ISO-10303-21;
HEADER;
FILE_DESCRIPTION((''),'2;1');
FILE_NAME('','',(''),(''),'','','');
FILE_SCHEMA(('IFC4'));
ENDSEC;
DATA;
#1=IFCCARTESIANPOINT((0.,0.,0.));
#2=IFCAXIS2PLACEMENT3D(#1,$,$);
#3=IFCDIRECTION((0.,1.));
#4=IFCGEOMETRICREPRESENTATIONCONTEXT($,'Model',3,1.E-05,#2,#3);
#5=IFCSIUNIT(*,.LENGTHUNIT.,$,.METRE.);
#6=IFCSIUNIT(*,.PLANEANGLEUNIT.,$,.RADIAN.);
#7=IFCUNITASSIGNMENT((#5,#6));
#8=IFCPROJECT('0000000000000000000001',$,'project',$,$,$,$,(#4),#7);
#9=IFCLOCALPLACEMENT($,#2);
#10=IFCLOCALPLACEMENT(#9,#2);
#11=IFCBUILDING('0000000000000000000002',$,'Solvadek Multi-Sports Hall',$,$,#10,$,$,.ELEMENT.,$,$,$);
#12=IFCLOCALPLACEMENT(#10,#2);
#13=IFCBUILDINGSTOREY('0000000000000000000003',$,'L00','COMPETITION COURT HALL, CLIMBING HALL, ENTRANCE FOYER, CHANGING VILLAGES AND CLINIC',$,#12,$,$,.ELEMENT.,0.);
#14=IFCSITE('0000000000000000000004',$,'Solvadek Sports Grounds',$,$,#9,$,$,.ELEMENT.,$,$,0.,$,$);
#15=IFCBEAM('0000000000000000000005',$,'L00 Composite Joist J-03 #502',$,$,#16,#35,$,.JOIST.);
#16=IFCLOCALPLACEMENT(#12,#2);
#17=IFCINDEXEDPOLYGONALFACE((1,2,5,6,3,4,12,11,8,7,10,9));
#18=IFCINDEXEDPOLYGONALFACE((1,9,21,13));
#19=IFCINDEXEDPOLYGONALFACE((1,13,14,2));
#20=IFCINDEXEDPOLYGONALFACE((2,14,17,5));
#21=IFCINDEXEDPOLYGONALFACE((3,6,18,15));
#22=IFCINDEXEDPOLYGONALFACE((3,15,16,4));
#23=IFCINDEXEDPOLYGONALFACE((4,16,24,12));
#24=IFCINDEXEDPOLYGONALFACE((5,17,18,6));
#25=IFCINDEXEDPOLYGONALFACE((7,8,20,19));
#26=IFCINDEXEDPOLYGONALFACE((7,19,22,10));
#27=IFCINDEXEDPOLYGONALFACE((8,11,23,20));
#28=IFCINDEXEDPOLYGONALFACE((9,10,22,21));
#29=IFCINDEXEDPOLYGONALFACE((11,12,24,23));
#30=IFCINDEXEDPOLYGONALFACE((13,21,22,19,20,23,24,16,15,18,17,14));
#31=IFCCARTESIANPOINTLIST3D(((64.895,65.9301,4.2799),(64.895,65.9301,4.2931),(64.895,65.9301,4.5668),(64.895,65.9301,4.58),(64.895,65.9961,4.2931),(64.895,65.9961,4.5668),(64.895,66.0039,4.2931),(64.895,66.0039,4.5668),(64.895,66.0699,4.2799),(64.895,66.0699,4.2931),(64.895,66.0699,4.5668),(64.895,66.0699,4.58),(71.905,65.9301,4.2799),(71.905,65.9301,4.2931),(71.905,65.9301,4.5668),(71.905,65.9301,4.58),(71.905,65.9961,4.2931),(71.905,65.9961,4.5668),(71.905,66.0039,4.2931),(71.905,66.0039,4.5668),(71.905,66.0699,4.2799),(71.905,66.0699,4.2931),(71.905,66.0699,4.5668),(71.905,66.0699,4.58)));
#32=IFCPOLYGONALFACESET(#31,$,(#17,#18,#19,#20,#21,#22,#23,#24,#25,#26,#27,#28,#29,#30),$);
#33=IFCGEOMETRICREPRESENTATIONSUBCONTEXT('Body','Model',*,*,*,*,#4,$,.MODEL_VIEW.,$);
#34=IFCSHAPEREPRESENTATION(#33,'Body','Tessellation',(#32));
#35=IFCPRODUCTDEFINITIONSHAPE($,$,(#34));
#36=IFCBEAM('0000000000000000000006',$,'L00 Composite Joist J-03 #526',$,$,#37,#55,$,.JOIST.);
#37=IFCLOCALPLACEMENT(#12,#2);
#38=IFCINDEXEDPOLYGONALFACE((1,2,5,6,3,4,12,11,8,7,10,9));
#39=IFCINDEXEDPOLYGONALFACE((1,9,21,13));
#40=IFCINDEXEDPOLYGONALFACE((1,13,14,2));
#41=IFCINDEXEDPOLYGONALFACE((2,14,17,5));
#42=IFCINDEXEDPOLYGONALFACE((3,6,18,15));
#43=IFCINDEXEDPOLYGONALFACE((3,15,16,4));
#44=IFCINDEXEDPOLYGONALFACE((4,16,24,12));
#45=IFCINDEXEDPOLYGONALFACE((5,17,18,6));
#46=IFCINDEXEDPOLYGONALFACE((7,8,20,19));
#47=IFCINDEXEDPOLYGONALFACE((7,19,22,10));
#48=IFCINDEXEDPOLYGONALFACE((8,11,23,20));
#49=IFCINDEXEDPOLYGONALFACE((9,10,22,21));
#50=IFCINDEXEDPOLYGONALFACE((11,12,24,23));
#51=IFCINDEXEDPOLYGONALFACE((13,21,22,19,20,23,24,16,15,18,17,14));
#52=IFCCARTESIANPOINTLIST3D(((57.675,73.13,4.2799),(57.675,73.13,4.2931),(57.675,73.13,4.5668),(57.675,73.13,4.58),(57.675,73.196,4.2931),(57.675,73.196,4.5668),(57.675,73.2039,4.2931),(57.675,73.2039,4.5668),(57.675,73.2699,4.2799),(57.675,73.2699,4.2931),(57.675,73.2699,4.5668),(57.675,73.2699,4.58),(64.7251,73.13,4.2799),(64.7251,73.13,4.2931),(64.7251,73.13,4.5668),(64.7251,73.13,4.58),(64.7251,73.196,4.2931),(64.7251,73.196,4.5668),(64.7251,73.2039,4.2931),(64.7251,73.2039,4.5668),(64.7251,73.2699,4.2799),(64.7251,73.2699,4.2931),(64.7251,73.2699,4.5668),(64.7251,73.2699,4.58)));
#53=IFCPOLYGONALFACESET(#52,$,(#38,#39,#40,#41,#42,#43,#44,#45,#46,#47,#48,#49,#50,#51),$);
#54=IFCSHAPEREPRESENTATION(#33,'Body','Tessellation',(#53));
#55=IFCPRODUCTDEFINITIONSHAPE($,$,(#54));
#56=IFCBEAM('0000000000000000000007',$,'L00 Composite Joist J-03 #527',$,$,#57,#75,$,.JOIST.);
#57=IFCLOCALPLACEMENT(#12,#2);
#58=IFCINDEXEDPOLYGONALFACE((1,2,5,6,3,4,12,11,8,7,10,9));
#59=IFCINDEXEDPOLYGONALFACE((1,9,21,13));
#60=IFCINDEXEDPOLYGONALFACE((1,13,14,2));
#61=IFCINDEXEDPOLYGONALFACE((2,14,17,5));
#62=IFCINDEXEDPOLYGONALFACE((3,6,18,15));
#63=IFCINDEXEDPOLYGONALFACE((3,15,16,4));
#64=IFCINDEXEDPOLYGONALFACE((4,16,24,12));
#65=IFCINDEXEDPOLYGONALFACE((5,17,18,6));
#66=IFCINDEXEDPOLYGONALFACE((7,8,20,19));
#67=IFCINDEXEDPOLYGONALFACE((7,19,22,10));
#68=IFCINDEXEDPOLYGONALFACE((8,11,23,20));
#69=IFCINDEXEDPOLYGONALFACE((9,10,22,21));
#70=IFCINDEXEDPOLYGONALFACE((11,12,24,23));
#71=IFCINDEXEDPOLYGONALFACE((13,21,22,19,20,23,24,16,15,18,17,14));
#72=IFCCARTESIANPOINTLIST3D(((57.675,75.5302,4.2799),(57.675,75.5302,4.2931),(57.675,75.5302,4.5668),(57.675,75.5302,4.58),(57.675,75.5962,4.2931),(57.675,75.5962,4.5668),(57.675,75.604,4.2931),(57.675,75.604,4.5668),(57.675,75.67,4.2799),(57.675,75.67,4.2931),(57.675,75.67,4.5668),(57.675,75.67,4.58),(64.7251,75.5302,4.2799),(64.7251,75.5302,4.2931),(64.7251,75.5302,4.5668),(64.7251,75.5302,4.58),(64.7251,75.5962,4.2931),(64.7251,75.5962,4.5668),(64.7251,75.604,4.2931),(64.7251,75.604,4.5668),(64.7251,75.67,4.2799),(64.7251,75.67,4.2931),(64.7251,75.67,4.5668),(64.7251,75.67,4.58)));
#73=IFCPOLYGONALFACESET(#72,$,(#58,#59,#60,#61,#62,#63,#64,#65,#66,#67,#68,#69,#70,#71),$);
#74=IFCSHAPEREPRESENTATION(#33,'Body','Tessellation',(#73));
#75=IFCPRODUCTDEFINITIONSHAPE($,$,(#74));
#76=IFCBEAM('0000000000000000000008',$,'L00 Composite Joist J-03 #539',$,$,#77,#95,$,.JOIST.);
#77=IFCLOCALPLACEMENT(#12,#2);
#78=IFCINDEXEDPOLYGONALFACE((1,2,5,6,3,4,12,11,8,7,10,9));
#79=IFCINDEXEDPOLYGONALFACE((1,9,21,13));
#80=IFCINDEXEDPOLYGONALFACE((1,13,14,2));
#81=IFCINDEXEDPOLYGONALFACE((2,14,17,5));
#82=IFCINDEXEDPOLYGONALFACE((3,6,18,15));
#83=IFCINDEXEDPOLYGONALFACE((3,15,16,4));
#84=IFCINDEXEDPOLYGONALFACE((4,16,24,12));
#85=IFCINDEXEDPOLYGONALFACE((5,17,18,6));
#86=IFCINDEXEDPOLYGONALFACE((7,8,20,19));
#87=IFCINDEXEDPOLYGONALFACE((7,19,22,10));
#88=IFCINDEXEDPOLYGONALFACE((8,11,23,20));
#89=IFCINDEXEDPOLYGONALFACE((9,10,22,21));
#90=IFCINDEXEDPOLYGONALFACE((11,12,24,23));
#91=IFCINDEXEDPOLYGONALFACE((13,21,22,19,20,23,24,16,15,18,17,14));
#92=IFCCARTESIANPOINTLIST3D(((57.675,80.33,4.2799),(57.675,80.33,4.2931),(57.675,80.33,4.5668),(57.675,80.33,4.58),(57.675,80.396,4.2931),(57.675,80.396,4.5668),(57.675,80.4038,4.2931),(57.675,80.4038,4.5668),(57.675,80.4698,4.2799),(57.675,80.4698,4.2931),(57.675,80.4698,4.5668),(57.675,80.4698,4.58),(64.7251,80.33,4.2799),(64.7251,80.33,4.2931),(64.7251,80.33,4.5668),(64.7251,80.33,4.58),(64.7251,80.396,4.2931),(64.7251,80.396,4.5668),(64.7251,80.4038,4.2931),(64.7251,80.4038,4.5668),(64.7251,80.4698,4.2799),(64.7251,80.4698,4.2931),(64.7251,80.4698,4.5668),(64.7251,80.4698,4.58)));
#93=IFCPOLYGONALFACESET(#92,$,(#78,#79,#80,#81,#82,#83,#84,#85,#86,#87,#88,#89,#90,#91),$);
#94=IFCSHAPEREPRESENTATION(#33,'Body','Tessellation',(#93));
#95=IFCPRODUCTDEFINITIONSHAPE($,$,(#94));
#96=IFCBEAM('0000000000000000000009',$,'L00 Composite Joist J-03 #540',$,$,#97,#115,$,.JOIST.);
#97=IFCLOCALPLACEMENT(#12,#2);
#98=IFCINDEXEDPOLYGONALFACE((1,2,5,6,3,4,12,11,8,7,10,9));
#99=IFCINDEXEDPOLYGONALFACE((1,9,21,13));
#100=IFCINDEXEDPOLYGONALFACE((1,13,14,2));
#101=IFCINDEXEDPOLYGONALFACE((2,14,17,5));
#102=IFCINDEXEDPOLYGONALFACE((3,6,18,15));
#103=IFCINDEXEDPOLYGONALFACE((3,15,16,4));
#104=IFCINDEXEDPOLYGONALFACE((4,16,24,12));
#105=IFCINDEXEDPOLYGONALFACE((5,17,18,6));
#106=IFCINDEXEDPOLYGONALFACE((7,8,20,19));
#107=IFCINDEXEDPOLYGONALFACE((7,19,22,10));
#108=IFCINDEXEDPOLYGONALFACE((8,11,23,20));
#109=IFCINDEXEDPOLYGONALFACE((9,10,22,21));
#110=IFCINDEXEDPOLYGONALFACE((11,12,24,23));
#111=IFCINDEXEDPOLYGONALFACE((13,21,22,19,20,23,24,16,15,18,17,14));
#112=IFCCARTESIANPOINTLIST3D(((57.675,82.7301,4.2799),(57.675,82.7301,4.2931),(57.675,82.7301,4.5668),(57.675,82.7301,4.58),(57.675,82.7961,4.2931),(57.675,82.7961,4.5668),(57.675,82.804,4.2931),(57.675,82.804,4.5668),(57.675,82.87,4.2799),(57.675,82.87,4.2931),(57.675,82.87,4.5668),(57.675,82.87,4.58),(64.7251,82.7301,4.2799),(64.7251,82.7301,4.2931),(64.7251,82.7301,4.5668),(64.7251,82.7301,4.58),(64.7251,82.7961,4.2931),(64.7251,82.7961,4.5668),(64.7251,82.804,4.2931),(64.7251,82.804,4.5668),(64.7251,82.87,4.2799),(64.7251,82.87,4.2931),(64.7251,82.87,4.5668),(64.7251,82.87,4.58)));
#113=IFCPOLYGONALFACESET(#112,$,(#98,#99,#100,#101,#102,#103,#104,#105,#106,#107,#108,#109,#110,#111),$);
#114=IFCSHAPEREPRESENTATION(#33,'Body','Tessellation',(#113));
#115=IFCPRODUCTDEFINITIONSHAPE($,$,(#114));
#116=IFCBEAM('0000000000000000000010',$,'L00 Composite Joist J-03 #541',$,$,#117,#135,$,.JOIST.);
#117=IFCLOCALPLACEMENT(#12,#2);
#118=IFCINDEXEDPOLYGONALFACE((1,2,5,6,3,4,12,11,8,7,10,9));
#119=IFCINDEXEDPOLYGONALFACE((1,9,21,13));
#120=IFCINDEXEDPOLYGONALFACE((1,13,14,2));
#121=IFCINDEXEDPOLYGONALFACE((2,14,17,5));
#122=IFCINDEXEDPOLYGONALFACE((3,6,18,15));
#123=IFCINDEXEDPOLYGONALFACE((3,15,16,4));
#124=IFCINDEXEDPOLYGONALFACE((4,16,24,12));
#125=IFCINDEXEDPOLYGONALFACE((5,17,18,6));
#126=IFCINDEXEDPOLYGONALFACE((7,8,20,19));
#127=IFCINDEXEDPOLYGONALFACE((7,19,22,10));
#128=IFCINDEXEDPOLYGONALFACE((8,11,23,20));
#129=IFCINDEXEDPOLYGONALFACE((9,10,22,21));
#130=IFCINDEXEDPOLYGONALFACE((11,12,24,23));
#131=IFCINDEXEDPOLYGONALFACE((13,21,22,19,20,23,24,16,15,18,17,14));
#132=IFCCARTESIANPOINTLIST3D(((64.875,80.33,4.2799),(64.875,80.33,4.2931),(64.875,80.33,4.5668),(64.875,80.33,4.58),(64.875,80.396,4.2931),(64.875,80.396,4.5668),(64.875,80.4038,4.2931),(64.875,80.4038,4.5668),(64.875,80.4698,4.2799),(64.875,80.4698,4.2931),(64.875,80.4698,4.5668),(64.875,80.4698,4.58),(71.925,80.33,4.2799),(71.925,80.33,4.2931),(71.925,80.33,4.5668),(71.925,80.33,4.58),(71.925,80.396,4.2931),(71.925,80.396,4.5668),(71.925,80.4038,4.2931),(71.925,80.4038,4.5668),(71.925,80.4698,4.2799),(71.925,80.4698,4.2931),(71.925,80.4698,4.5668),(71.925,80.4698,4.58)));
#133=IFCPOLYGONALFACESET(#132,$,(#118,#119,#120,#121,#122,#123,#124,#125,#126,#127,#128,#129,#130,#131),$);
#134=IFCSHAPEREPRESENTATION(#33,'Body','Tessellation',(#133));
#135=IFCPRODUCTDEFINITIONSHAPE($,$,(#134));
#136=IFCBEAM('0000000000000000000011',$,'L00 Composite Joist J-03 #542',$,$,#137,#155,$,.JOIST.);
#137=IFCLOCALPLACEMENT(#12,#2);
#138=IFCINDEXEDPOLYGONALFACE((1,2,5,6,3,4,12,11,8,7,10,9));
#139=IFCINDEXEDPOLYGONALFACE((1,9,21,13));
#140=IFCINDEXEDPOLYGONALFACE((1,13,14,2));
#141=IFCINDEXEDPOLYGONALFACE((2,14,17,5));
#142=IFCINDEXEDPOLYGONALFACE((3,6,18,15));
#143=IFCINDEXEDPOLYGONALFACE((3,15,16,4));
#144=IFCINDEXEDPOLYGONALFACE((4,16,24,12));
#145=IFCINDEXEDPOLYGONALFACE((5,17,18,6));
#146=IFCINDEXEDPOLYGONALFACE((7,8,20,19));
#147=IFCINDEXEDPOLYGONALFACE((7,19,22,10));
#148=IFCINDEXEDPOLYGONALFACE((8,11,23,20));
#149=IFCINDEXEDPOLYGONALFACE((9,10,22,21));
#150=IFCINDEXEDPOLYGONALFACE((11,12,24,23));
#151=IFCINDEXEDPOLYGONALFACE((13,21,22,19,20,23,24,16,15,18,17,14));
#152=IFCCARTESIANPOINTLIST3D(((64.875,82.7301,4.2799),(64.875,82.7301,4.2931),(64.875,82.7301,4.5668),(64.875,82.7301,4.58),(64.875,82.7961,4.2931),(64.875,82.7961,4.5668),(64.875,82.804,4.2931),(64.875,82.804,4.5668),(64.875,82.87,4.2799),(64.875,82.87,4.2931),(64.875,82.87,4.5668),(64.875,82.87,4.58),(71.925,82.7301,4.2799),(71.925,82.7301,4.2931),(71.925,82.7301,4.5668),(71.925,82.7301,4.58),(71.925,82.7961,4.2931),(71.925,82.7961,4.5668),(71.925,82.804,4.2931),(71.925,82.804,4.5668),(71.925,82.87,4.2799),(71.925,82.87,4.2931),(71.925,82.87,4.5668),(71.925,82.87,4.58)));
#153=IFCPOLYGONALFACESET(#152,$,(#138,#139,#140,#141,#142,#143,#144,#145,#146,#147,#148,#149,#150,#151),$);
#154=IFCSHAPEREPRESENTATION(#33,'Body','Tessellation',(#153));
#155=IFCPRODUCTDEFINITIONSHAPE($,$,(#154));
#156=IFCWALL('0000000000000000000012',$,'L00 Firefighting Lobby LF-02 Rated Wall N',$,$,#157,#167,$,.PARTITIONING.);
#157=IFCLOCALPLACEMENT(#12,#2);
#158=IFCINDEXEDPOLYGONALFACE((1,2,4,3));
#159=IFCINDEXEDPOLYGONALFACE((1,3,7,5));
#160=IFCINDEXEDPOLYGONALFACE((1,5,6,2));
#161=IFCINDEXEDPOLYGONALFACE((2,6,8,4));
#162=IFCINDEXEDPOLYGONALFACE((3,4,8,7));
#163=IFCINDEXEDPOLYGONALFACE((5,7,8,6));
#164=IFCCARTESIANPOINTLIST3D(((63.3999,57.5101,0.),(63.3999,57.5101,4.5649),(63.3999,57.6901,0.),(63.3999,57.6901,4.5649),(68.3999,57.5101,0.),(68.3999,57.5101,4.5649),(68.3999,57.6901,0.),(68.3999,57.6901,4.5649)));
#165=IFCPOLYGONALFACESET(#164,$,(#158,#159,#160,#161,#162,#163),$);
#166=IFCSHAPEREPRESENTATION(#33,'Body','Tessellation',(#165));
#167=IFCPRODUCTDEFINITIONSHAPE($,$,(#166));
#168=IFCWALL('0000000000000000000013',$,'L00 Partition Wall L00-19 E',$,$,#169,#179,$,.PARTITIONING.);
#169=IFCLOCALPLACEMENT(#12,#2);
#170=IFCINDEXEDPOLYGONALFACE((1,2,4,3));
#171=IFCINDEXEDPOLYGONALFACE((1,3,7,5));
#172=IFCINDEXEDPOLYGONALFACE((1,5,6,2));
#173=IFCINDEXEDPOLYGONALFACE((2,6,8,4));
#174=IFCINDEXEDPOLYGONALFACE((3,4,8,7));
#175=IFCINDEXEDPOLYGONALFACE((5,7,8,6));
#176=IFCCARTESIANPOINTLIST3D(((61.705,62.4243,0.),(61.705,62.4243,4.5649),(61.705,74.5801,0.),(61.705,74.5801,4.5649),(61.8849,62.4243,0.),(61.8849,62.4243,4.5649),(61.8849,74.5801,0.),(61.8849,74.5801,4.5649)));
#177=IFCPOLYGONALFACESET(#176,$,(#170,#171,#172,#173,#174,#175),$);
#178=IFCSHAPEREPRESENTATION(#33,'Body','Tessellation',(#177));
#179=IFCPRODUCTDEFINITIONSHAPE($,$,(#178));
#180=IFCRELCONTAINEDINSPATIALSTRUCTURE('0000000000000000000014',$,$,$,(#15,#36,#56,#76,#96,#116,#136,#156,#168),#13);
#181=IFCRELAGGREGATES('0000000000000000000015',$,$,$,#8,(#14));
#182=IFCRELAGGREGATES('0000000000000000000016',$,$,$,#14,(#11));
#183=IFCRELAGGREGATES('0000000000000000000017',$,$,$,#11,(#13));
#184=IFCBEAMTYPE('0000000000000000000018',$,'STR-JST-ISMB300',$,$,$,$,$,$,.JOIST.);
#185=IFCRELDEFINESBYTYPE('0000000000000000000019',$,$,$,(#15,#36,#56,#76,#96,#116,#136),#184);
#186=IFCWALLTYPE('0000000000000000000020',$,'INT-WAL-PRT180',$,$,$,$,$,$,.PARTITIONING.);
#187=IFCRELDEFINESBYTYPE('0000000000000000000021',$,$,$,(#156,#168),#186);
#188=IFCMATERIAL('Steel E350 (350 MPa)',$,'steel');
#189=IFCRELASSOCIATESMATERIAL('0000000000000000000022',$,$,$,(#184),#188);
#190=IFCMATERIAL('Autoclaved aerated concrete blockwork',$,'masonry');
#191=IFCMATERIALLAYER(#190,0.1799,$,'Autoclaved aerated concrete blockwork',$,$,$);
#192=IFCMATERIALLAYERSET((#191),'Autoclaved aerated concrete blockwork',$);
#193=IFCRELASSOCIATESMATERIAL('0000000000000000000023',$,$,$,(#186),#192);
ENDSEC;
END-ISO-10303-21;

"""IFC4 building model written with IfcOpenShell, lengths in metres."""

from ifc_helpers import new_model, si_unit, direction, frame, frame_2d, origin, origin_2d, place, context, subcontext, project, spatial, rectangle, i_section, extrude, material, layer, layer_set, material_profile, profile_set, type_object, element, save


model = new_model("IFC4")

# Units and contexts
model_context = context("Model", 3, precision=1e-05, world=origin(), true_north=direction((0.0, 1.0)))
body_context = subcontext(model_context, "Body", "Model", "MODEL_VIEW")
ifc_project = project(units=[si_unit("LENGTHUNIT", "METRE"), si_unit("PLANEANGLEUNIT", "RADIAN")], contexts=[model_context])

# Site, building, storey
site_placement = place(None, origin())
site = spatial("IfcSite", under=ifc_project, at=site_placement, Name="Solvadek Sports Grounds", CompositionType="ELEMENT", RefElevation=0.0)
building_placement = place(site_placement, origin())
building = spatial("IfcBuilding", under=site, at=building_placement, Name="Solvadek Multi-Sports Hall", CompositionType="ELEMENT")
storey_placement = place(building_placement, origin())
storey = spatial("IfcBuildingStorey", under=building, at=storey_placement, Name="L00", Description="COMPETITION COURT HALL, CLIMBING HALL, ENTRANCE FOYER, CHANGING VILLAGES AND CLINIC", CompositionType="ELEMENT", Elevation=0.0)

# Shared definitions
ifc_material_1 = material(Name="Steel E350 (350 MPa)", Category="steel")

# Beams
ifc_material_profile_1 = material_profile(ifc_material_1, i_section(OverallWidth=0.1399, OverallDepth=0.3, WebThickness=0.0078, FlangeThickness=0.0132, at=origin_2d()), Name="ISMB 300")
ifc_profile_set_1 = profile_set([ifc_material_profile_1], Name="Steel E350 (350 MPa)")
beam_type_1 = type_object("IfcBeamType", Name="STR-JST-ISMB300", PredefinedType="JOIST", material=ifc_profile_set_1)
for number, where, z_axis, x_axis, name in (
    (1, (64.895, 66.0, 4.4299), (1.0, 0.0, 0.0), (0.0, 1.0, 0.0), "L00 Composite Joist J-03 #502"),
):
    element("IfcBeam", number, at=place(storey_placement, frame(where, z_axis=z_axis, x_axis=x_axis)), inside=storey, type_object=beam_type_1, Name=name, PredefinedType="JOIST", context=body_context, shape_type="SweptSolid", body=[
        extrude(i_section(OverallWidth=0.1399, OverallDepth=0.3, WebThickness=0.0078, FlangeThickness=0.0132, at=origin_2d()), origin(), (0.0, 0.0, 1.0), 7.01),
    ])
for number, where, z_axis, x_axis, name in (
    (2, (57.675, 73.2, 4.4299), (1.0, 0.0, 0.0), (0.0, 1.0, 0.0), "L00 Composite Joist J-03 #526"),
    (3, (57.675, 75.6001, 4.4299), (1.0, 0.0, 0.0), (0.0, 1.0, 0.0), "L00 Composite Joist J-03 #527"),
    (4, (57.675, 80.3999, 4.4299), (1.0, 0.0, 0.0), (0.0, 1.0, 0.0), "L00 Composite Joist J-03 #539"),
    (5, (57.675, 82.8, 4.4299), (1.0, 0.0, 0.0), (0.0, 1.0, 0.0), "L00 Composite Joist J-03 #540"),
    (6, (64.875, 80.3999, 4.4299), (1.0, 0.0, 0.0), (0.0, 1.0, 0.0), "L00 Composite Joist J-03 #541"),
    (7, (64.875, 82.8, 4.4299), (1.0, 0.0, 0.0), (0.0, 1.0, 0.0), "L00 Composite Joist J-03 #542"),
):
    element("IfcBeam", number, at=place(storey_placement, frame(where, z_axis=z_axis, x_axis=x_axis)), inside=storey, type_object=beam_type_1, Name=name, PredefinedType="JOIST", context=body_context, shape_type="SweptSolid", body=[
        extrude(i_section(OverallWidth=0.1399, OverallDepth=0.3, WebThickness=0.0078, FlangeThickness=0.0132, at=origin_2d()), origin(), (0.0, 0.0, 1.0), 7.05),
    ])

# Walls
ifc_material_2 = material(Name="Autoclaved aerated concrete blockwork", Category="masonry")
ifc_layer = layer(ifc_material_2, 0.1799, Name="Autoclaved aerated concrete blockwork")
ifc_layer_set = layer_set([ifc_layer], Name="Autoclaved aerated concrete blockwork")
wall_type = type_object("IfcWallType", Name="INT-WAL-PRT180", PredefinedType="PARTITIONING", material=ifc_layer_set)
wall_1_placement = place(storey_placement, frame((63.3999, 57.6001, 0.0), z_axis=(0.0, 0.0, 1.0), x_axis=(1.0, 0.0, 0.0)))
element("IfcWall", 8, at=wall_1_placement, inside=storey, type_object=wall_type, Name="L00 Firefighting Lobby LF-02 Rated Wall N", PredefinedType="PARTITIONING", context=body_context, shape_type="SweptSolid", body=[
    extrude(rectangle(XDim=5.0, YDim=0.1799, at=frame_2d((2.5, 0.0))), origin(), (0.0, 0.0, 1.0), 4.5649),
])
wall_2_placement = place(storey_placement, frame((61.7949, 62.4243, 0.0), z_axis=(0.0, 0.0, 1.0), x_axis=(0.0, 1.0, 0.0)))
element("IfcWall", 9, at=wall_2_placement, inside=storey, type_object=wall_type, Name="L00 Partition Wall L00-19 E", PredefinedType="PARTITIONING", context=body_context, shape_type="SweptSolid", body=[
    extrude(rectangle(XDim=12.1558, YDim=0.1799, at=frame_2d((6.0779, 0.0))), origin(), (0.0, 0.0, 1.0), 4.5649),
])

save(model, "model.ifc")
